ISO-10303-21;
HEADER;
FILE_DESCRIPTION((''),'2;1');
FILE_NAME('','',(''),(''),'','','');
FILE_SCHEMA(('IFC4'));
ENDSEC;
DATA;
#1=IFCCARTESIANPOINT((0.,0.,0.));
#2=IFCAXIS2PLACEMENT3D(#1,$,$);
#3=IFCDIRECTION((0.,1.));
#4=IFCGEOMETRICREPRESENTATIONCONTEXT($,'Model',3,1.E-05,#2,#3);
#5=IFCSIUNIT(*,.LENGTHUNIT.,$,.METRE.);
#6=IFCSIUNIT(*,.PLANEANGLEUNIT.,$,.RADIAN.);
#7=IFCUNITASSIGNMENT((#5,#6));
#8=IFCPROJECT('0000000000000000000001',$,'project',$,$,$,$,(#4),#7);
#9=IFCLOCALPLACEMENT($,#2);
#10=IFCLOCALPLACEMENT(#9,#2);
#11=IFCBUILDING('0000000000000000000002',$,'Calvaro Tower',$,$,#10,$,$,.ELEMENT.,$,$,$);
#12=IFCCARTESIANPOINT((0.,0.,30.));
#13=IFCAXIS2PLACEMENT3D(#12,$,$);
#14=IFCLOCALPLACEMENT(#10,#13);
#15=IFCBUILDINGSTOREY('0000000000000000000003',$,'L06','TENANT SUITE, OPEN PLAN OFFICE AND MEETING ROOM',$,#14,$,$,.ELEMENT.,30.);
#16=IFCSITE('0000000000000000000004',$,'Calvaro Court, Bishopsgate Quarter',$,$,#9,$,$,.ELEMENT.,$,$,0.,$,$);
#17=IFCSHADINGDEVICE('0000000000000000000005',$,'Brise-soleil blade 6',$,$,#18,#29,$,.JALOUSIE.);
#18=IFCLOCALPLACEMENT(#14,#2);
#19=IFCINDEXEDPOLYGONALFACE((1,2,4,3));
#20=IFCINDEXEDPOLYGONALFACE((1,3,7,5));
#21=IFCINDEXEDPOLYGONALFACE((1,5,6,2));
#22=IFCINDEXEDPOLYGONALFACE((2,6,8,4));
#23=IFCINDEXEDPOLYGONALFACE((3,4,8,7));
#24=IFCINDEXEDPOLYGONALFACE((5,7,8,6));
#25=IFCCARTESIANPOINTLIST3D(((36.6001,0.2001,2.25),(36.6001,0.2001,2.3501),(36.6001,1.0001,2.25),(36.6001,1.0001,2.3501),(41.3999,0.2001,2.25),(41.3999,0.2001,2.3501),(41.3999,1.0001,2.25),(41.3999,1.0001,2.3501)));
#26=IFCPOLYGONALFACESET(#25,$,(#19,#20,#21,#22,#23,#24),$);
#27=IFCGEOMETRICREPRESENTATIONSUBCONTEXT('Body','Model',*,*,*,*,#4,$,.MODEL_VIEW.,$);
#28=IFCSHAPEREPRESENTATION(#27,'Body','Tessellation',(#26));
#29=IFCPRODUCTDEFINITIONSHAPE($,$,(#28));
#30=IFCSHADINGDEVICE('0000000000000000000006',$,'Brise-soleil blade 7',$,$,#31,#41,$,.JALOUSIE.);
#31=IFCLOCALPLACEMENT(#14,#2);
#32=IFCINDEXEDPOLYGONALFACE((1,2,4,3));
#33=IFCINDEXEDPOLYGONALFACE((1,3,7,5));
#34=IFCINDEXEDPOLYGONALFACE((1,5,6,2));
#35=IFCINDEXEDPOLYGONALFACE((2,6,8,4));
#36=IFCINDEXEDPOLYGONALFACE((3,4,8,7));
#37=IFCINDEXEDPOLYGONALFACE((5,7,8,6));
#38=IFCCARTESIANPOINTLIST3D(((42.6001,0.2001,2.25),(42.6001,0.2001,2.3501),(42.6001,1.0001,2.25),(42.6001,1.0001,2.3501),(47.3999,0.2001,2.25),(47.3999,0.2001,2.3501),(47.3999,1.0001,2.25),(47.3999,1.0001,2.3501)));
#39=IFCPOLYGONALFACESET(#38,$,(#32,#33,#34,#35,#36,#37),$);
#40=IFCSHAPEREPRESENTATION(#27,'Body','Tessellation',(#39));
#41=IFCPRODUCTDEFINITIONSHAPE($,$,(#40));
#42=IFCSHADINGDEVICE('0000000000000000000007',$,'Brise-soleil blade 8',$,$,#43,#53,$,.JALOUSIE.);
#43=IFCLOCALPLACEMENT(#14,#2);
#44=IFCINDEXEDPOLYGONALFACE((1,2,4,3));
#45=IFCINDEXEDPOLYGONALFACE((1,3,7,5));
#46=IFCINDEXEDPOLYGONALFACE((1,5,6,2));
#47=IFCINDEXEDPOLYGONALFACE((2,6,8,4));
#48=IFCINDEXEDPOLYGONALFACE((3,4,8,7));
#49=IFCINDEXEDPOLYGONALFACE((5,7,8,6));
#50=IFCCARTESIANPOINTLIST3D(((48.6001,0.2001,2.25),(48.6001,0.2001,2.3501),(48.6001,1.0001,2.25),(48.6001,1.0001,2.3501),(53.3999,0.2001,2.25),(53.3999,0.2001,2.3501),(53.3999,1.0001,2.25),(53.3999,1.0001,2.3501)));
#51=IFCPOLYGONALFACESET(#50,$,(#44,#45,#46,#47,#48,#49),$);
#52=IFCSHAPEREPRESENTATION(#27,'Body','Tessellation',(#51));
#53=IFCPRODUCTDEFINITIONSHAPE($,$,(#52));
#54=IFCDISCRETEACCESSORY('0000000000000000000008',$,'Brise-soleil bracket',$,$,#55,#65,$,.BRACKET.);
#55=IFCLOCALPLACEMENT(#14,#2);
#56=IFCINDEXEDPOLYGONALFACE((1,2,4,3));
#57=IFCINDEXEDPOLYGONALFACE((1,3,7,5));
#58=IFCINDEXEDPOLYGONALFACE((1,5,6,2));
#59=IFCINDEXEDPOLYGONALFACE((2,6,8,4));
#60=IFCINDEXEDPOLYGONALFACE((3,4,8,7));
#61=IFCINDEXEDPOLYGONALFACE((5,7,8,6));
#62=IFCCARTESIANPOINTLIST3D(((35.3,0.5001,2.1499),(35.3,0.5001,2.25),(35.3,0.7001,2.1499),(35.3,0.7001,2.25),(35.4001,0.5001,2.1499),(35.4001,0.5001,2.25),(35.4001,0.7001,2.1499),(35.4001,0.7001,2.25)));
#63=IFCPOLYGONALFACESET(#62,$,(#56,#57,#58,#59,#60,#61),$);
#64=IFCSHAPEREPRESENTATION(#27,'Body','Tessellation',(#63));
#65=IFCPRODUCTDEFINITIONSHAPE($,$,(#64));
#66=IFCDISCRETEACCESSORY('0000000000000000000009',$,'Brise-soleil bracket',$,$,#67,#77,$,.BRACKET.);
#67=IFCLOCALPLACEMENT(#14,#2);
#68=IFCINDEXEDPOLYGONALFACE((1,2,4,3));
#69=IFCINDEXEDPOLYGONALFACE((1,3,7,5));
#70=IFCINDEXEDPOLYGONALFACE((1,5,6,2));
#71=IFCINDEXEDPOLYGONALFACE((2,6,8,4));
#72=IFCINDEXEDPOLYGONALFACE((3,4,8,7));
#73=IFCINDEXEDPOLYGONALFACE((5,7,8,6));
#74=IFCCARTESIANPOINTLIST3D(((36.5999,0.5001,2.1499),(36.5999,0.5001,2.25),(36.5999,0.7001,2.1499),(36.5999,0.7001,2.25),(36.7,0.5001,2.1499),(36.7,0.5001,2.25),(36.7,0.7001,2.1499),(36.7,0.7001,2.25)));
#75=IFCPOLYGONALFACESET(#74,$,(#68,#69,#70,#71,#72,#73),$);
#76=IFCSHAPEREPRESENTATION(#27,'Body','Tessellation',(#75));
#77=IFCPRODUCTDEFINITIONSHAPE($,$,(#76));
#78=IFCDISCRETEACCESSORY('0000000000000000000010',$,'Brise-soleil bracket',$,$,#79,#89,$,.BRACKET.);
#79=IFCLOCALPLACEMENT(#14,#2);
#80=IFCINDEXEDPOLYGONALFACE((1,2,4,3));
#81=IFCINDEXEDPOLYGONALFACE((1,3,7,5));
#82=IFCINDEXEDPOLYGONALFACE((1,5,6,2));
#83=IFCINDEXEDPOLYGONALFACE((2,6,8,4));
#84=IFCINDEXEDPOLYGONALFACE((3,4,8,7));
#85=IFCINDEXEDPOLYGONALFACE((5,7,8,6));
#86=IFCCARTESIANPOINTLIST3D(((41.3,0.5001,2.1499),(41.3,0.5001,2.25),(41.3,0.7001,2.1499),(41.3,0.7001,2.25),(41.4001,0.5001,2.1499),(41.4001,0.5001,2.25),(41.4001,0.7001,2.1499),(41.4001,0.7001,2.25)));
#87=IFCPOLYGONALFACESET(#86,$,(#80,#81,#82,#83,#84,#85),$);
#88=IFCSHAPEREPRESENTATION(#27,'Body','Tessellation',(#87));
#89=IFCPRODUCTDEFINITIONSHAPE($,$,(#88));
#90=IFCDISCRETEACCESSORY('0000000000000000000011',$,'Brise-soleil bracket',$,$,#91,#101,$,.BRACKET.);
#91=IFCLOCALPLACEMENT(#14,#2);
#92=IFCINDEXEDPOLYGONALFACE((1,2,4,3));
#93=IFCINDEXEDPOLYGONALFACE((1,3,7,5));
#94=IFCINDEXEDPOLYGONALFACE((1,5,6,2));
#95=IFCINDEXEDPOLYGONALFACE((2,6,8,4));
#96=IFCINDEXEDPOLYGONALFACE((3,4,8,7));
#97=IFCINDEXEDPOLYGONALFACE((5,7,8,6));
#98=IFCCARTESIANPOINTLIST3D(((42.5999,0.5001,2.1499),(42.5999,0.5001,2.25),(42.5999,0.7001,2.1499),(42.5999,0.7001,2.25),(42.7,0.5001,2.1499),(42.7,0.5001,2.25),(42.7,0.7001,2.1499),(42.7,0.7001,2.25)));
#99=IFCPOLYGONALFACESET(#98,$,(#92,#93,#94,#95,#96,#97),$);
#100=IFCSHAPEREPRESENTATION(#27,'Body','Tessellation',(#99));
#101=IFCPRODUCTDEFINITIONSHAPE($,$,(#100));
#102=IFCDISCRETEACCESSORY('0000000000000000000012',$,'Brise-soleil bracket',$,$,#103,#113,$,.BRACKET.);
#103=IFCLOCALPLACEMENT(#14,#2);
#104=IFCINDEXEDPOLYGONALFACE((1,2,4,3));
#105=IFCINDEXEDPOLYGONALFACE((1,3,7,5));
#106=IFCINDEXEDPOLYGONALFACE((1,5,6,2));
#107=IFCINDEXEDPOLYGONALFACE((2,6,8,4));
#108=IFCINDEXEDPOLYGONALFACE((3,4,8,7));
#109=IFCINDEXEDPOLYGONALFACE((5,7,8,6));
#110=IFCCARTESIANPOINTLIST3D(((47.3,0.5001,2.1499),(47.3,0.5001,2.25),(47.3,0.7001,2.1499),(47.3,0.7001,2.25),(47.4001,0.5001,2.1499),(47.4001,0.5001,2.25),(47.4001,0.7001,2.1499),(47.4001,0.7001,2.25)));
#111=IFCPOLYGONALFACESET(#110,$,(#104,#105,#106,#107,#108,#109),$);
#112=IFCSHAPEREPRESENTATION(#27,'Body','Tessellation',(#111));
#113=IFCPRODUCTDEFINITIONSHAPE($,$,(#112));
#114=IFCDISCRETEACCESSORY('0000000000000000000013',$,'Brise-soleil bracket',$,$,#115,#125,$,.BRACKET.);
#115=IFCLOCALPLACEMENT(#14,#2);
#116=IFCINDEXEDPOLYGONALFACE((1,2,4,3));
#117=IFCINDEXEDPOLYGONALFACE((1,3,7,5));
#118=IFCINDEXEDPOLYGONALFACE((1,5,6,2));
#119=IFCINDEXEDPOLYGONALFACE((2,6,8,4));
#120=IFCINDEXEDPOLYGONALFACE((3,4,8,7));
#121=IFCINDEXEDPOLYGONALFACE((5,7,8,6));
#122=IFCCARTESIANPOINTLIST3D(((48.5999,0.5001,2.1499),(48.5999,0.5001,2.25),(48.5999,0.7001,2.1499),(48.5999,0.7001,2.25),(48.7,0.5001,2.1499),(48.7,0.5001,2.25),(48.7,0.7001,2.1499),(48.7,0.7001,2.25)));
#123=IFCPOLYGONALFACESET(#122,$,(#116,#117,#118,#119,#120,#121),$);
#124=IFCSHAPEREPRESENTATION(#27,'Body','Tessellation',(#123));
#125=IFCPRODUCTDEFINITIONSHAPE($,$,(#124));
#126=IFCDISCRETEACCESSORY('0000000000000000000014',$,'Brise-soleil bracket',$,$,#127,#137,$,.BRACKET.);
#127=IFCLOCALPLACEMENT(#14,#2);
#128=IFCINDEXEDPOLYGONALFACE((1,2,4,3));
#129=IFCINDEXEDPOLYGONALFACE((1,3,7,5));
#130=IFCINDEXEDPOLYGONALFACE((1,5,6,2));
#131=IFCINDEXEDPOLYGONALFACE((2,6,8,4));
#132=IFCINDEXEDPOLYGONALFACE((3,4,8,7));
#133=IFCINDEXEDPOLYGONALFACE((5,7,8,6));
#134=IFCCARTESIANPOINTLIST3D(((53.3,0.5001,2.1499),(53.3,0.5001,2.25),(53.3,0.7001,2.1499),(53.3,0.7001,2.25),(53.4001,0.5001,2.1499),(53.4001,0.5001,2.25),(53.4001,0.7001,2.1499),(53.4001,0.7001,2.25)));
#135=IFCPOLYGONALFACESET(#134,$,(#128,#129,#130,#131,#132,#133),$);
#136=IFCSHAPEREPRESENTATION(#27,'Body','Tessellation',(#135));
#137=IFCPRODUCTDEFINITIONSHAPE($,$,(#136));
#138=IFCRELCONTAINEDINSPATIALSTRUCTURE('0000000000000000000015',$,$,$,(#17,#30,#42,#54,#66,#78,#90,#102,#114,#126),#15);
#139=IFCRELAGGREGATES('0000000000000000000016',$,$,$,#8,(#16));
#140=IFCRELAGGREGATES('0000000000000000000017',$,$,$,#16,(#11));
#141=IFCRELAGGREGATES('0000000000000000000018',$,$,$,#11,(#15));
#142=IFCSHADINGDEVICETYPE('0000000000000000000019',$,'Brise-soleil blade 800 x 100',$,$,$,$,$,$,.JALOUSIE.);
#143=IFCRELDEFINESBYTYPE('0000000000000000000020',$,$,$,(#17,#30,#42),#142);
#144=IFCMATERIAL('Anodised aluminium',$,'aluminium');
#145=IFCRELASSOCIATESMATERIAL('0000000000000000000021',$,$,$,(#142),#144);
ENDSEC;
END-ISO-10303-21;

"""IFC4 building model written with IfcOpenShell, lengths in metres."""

from ifc_helpers import new_model, si_unit, direction, frame, origin, origin_2d, place, context, subcontext, project, spatial, rectangle, extrude, material, material_profile, profile_set, type_object, element, save


model = new_model("IFC4")

# Units and contexts
model_context = context("Model", 3, precision=1e-05, world=origin(), true_north=direction((0.0, 1.0)))
body_context = subcontext(model_context, "Body", "Model", "MODEL_VIEW")
ifc_project = project(units=[si_unit("LENGTHUNIT", "METRE"), si_unit("PLANEANGLEUNIT", "RADIAN")], contexts=[model_context])

# Site, building, storey
site_placement = place(None, origin())
site = spatial("IfcSite", under=ifc_project, at=site_placement, Name="Calvaro Court, Bishopsgate Quarter", CompositionType="ELEMENT", RefElevation=0.0)
building_placement = place(site_placement, origin())
building = spatial("IfcBuilding", under=site, at=building_placement, Name="Calvaro Tower", CompositionType="ELEMENT")
storey_placement = place(building_placement, frame((0.0, 0.0, 30.0)))
storey = spatial("IfcBuildingStorey", under=building, at=storey_placement, Name="L06", Description="TENANT SUITE, OPEN PLAN OFFICE AND MEETING ROOM", CompositionType="ELEMENT", Elevation=30.0)

# Shading devices
ifc_material_1 = material(Name="Anodised aluminium", Category="aluminium")
ifc_material_profile_1 = material_profile(ifc_material_1, rectangle(XDim=0.8, YDim=0.1001, at=origin_2d()), Name="Brise-soleil blade 800 x 100")
ifc_profile_set_1 = profile_set([ifc_material_profile_1], Name="Anodised aluminium")
shading_device_type = type_object("IfcShadingDeviceType", Name="Brise-soleil blade 800 x 100", PredefinedType="JALOUSIE", material=ifc_profile_set_1)
for number, where, z_axis, x_axis, name in (
    (1, (36.6001, 0.6001, 2.3), (1.0, 0.0, 0.0), (0.0, 1.0, 0.0), "Brise-soleil blade 6"),
    (2, (42.6001, 0.6001, 2.3), (1.0, 0.0, 0.0), (0.0, 1.0, 0.0), "Brise-soleil blade 7"),
    (3, (48.6001, 0.6001, 2.3), (1.0, 0.0, 0.0), (0.0, 1.0, 0.0), "Brise-soleil blade 8"),
):
    element("IfcShadingDevice", number, at=place(storey_placement, frame(where, z_axis=z_axis, x_axis=x_axis)), inside=storey, type_object=shading_device_type, Name=name, PredefinedType="JALOUSIE", context=body_context, shape_type="SweptSolid", body=[
        extrude(rectangle(XDim=0.8, YDim=0.1001, at=origin_2d()), origin(), (0.0, 0.0, 1.0), 4.7998),
    ])

# Discrete accessories
for number, where, z_axis, x_axis, name in (
    (4, (35.3501, 0.6001, 2.1499), (0.0, 0.0, 1.0), (1.0, 0.0, 0.0), "Brise-soleil bracket"),
    (5, (36.6499, 0.6001, 2.1499), (0.0, 0.0, 1.0), (1.0, 0.0, 0.0), "Brise-soleil bracket"),
    (6, (41.3501, 0.6001, 2.1499), (0.0, 0.0, 1.0), (1.0, 0.0, 0.0), "Brise-soleil bracket"),
    (7, (42.6499, 0.6001, 2.1499), (0.0, 0.0, 1.0), (1.0, 0.0, 0.0), "Brise-soleil bracket"),
    (8, (47.3501, 0.6001, 2.1499), (0.0, 0.0, 1.0), (1.0, 0.0, 0.0), "Brise-soleil bracket"),
    (9, (48.6499, 0.6001, 2.1499), (0.0, 0.0, 1.0), (1.0, 0.0, 0.0), "Brise-soleil bracket"),
    (10, (53.3501, 0.6001, 2.1499), (0.0, 0.0, 1.0), (1.0, 0.0, 0.0), "Brise-soleil bracket"),
):
    element("IfcDiscreteAccessory", number, at=place(storey_placement, frame(where, z_axis=z_axis, x_axis=x_axis)), inside=storey, Name=name, PredefinedType="BRACKET", context=body_context, shape_type="SweptSolid", body=[
        extrude(rectangle(XDim=0.1001, YDim=0.2, at=origin_2d()), origin(), (0.0, 0.0, 1.0), 0.1001),
    ])

save(model, "model.ifc")
